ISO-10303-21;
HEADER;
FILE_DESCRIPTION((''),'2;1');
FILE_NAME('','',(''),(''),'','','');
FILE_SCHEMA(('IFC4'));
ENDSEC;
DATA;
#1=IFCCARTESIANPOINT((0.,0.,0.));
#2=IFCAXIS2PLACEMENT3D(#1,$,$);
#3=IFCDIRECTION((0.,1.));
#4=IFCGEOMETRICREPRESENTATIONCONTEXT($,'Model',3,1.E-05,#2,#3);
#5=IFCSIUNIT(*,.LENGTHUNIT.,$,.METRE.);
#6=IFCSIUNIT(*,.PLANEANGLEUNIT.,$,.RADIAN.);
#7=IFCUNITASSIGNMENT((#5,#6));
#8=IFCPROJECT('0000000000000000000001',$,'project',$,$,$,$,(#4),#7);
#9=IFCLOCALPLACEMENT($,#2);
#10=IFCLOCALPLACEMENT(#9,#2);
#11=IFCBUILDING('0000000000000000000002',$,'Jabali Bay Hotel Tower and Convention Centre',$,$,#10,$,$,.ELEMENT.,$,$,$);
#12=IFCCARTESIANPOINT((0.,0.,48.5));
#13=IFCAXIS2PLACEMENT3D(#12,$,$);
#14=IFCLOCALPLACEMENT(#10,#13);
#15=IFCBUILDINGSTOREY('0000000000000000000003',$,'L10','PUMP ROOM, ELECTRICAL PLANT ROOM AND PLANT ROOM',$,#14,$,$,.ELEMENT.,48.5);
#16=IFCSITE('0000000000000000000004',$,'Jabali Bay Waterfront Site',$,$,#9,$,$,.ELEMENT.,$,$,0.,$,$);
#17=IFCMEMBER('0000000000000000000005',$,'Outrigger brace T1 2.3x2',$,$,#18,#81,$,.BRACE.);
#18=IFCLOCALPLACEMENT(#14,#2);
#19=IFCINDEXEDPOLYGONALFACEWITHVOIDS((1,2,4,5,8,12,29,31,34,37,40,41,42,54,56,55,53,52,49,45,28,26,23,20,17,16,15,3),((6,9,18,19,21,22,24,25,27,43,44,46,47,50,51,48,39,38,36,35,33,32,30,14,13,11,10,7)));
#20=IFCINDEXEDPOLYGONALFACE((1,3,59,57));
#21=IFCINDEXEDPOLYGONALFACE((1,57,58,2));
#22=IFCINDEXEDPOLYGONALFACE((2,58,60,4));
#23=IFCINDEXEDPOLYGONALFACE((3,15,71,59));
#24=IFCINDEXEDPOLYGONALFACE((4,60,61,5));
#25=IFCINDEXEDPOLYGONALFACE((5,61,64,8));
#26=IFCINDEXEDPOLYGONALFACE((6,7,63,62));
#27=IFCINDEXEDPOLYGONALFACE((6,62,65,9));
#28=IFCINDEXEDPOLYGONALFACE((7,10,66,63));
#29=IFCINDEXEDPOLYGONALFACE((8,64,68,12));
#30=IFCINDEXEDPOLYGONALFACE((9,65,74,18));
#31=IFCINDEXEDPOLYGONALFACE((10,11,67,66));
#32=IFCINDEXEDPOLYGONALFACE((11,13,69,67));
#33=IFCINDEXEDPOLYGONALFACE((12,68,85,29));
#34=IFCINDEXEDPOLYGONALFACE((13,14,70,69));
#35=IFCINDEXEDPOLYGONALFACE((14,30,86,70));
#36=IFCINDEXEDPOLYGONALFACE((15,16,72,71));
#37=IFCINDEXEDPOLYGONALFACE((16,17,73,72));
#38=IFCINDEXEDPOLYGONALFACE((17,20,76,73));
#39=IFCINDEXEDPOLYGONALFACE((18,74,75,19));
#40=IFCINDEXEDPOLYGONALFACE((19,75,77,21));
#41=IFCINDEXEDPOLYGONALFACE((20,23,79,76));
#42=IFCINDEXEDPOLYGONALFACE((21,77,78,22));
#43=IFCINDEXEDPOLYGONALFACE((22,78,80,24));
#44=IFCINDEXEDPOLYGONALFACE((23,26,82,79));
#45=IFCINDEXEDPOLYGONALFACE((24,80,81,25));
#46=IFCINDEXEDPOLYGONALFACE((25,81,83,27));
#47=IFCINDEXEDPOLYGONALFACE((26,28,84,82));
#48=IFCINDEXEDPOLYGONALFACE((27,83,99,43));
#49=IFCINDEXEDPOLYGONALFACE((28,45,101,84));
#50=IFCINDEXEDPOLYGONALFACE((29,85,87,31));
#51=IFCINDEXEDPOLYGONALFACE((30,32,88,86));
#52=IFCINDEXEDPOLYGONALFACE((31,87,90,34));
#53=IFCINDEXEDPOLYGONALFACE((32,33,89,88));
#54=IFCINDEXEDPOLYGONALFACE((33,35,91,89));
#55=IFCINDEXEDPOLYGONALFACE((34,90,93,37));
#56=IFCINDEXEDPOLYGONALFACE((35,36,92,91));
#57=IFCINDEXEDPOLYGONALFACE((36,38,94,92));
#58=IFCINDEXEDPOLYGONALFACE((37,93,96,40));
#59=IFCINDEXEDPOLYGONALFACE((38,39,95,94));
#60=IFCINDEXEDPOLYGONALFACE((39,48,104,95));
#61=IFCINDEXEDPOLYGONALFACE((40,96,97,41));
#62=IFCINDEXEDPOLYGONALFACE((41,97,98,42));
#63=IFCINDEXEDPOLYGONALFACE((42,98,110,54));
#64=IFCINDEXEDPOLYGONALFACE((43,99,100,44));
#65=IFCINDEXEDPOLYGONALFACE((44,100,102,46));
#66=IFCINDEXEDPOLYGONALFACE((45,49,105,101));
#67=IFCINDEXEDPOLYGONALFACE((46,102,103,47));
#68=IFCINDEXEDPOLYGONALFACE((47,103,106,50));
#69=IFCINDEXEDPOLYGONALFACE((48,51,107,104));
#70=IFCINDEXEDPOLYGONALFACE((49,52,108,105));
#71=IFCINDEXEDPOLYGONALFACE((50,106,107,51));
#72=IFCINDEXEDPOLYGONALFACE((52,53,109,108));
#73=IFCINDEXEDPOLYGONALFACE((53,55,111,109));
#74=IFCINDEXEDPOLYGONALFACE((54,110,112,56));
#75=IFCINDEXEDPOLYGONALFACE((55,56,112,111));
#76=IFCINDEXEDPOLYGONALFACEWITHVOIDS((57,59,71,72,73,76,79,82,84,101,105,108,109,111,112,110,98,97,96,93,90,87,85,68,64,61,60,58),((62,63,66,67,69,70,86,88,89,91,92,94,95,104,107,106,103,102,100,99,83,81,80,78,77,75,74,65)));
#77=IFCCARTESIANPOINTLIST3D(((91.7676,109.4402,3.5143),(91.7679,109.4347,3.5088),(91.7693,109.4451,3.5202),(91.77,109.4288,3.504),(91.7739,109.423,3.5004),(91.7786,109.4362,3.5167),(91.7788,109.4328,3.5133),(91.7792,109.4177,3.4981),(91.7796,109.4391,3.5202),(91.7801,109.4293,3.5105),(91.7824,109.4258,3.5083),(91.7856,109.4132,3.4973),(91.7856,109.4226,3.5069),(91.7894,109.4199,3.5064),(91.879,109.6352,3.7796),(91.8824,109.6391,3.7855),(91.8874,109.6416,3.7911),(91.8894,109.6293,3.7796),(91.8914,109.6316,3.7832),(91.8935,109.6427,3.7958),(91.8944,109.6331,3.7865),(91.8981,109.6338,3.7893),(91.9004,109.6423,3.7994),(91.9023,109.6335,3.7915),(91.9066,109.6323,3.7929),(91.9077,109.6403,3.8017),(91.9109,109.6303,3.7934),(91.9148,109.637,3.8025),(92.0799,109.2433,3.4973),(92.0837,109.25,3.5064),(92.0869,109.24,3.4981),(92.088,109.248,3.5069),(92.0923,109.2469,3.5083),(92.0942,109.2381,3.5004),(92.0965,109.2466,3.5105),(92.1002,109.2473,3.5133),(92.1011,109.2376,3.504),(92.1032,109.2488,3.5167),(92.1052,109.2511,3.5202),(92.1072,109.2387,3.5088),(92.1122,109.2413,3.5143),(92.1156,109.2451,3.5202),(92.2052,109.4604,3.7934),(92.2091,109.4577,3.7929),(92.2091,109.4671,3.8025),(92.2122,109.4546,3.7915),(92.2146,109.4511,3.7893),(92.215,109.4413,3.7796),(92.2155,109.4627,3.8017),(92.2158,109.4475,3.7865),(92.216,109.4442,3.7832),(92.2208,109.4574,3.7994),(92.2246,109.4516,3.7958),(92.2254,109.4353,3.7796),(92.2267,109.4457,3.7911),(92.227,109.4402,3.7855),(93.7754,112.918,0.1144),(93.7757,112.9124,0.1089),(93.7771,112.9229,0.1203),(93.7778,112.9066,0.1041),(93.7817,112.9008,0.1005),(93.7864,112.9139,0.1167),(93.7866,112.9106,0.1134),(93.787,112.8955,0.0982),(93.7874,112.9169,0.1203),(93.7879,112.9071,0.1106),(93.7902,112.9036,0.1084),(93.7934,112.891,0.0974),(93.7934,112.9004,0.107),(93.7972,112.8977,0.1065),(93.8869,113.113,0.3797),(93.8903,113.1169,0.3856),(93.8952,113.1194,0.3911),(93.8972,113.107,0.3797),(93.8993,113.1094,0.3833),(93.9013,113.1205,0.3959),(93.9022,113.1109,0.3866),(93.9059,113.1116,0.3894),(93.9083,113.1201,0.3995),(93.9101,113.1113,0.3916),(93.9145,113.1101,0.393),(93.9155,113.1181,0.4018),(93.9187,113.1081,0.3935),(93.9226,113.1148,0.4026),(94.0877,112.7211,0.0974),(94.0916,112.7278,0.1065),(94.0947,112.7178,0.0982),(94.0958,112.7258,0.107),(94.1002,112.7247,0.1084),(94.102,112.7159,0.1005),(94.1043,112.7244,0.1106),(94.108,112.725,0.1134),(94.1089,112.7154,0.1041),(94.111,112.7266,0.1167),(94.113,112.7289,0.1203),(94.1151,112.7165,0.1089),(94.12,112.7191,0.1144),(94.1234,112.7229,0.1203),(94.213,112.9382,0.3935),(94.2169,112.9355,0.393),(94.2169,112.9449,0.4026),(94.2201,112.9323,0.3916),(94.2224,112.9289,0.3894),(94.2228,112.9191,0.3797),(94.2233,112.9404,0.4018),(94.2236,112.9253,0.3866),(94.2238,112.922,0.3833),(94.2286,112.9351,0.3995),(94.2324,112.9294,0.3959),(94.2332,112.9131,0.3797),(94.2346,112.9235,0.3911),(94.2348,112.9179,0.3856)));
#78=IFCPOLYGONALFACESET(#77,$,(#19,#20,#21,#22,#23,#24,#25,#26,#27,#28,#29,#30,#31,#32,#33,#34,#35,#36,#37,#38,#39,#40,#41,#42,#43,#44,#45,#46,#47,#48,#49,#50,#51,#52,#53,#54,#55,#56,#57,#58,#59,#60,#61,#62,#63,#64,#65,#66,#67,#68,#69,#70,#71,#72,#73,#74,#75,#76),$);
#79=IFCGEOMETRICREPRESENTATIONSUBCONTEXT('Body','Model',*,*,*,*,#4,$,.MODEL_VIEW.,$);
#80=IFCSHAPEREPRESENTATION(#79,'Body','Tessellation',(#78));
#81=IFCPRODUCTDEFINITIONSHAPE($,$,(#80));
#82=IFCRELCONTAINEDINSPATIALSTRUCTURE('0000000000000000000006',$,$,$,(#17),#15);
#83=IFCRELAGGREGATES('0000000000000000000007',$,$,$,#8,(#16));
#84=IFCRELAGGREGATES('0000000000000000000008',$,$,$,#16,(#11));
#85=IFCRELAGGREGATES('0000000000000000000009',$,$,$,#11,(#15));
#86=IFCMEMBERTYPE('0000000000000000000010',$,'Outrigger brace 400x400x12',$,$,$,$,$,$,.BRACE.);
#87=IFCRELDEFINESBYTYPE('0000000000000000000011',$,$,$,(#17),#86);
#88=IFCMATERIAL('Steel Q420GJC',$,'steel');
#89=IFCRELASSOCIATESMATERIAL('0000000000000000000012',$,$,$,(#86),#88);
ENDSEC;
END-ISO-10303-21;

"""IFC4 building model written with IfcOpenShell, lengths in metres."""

from ifc_helpers import new_model, si_unit, direction, frame, origin, origin_2d, place, context, subcontext, project, spatial, hollow_rectangle, extrude, material, material_profile, profile_set, type_object, element, save


model = new_model("IFC4")

# Units and contexts
model_context = context("Model", 3, precision=1e-05, world=origin(), true_north=direction((0.0, 1.0)))
body_context = subcontext(model_context, "Body", "Model", "MODEL_VIEW")
ifc_project = project(units=[si_unit("LENGTHUNIT", "METRE"), si_unit("PLANEANGLEUNIT", "RADIAN")], contexts=[model_context])

# Site, building, storey
site_placement = place(None, origin())
site = spatial("IfcSite", under=ifc_project, at=site_placement, Name="Jabali Bay Waterfront Site", CompositionType="ELEMENT", RefElevation=0.0)
building_placement = place(site_placement, origin())
building = spatial("IfcBuilding", under=site, at=building_placement, Name="Jabali Bay Hotel Tower and Convention Centre", CompositionType="ELEMENT")
storey_placement = place(building_placement, frame((0.0, 0.0, 48.5)))
storey = spatial("IfcBuildingStorey", under=building, at=storey_placement, Name="L10", Description="PUMP ROOM, ELECTRICAL PLANT ROOM AND PLANT ROOM", CompositionType="ELEMENT", Elevation=48.5)

# Member
ifc_material_1 = material(Name="Steel Q420GJC", Category="steel")
ifc_material_profile_1 = material_profile(ifc_material_1, hollow_rectangle(XDim=0.3999, YDim=0.3999, WallThickness=0.012, InnerFilletRadius=0.0181, OuterFilletRadius=0.03, at=origin_2d()), Name="Outrigger brace 400x400x12")
ifc_profile_set_1 = profile_set([ifc_material_profile_1], Name="Steel Q420GJC")
member_type_1 = type_object("IfcMemberType", Name="Outrigger brace 400x400x12", PredefinedType="BRACE", material=ifc_profile_set_1)
member_1_placement = place(storey_placement, frame((94.0051, 112.918, 0.25), z_axis=(-0.381589, -0.66096, 0.646159), x_axis=(0.866035, -0.499984, 0.0)))
element("IfcMember", 1, at=member_1_placement, inside=storey, type_object=member_type_1, Name="Outrigger brace T1 2.3x2", PredefinedType="BRACE", context=body_context, shape_type="SweptSolid", body=[
    extrude(hollow_rectangle(XDim=0.3999, YDim=0.3999, WallThickness=0.012, InnerFilletRadius=0.0181, OuterFilletRadius=0.03, at=origin_2d()), origin(), (0.0, 0.0, 1.0), 5.2617),
])

save(model, "model.ifc")
